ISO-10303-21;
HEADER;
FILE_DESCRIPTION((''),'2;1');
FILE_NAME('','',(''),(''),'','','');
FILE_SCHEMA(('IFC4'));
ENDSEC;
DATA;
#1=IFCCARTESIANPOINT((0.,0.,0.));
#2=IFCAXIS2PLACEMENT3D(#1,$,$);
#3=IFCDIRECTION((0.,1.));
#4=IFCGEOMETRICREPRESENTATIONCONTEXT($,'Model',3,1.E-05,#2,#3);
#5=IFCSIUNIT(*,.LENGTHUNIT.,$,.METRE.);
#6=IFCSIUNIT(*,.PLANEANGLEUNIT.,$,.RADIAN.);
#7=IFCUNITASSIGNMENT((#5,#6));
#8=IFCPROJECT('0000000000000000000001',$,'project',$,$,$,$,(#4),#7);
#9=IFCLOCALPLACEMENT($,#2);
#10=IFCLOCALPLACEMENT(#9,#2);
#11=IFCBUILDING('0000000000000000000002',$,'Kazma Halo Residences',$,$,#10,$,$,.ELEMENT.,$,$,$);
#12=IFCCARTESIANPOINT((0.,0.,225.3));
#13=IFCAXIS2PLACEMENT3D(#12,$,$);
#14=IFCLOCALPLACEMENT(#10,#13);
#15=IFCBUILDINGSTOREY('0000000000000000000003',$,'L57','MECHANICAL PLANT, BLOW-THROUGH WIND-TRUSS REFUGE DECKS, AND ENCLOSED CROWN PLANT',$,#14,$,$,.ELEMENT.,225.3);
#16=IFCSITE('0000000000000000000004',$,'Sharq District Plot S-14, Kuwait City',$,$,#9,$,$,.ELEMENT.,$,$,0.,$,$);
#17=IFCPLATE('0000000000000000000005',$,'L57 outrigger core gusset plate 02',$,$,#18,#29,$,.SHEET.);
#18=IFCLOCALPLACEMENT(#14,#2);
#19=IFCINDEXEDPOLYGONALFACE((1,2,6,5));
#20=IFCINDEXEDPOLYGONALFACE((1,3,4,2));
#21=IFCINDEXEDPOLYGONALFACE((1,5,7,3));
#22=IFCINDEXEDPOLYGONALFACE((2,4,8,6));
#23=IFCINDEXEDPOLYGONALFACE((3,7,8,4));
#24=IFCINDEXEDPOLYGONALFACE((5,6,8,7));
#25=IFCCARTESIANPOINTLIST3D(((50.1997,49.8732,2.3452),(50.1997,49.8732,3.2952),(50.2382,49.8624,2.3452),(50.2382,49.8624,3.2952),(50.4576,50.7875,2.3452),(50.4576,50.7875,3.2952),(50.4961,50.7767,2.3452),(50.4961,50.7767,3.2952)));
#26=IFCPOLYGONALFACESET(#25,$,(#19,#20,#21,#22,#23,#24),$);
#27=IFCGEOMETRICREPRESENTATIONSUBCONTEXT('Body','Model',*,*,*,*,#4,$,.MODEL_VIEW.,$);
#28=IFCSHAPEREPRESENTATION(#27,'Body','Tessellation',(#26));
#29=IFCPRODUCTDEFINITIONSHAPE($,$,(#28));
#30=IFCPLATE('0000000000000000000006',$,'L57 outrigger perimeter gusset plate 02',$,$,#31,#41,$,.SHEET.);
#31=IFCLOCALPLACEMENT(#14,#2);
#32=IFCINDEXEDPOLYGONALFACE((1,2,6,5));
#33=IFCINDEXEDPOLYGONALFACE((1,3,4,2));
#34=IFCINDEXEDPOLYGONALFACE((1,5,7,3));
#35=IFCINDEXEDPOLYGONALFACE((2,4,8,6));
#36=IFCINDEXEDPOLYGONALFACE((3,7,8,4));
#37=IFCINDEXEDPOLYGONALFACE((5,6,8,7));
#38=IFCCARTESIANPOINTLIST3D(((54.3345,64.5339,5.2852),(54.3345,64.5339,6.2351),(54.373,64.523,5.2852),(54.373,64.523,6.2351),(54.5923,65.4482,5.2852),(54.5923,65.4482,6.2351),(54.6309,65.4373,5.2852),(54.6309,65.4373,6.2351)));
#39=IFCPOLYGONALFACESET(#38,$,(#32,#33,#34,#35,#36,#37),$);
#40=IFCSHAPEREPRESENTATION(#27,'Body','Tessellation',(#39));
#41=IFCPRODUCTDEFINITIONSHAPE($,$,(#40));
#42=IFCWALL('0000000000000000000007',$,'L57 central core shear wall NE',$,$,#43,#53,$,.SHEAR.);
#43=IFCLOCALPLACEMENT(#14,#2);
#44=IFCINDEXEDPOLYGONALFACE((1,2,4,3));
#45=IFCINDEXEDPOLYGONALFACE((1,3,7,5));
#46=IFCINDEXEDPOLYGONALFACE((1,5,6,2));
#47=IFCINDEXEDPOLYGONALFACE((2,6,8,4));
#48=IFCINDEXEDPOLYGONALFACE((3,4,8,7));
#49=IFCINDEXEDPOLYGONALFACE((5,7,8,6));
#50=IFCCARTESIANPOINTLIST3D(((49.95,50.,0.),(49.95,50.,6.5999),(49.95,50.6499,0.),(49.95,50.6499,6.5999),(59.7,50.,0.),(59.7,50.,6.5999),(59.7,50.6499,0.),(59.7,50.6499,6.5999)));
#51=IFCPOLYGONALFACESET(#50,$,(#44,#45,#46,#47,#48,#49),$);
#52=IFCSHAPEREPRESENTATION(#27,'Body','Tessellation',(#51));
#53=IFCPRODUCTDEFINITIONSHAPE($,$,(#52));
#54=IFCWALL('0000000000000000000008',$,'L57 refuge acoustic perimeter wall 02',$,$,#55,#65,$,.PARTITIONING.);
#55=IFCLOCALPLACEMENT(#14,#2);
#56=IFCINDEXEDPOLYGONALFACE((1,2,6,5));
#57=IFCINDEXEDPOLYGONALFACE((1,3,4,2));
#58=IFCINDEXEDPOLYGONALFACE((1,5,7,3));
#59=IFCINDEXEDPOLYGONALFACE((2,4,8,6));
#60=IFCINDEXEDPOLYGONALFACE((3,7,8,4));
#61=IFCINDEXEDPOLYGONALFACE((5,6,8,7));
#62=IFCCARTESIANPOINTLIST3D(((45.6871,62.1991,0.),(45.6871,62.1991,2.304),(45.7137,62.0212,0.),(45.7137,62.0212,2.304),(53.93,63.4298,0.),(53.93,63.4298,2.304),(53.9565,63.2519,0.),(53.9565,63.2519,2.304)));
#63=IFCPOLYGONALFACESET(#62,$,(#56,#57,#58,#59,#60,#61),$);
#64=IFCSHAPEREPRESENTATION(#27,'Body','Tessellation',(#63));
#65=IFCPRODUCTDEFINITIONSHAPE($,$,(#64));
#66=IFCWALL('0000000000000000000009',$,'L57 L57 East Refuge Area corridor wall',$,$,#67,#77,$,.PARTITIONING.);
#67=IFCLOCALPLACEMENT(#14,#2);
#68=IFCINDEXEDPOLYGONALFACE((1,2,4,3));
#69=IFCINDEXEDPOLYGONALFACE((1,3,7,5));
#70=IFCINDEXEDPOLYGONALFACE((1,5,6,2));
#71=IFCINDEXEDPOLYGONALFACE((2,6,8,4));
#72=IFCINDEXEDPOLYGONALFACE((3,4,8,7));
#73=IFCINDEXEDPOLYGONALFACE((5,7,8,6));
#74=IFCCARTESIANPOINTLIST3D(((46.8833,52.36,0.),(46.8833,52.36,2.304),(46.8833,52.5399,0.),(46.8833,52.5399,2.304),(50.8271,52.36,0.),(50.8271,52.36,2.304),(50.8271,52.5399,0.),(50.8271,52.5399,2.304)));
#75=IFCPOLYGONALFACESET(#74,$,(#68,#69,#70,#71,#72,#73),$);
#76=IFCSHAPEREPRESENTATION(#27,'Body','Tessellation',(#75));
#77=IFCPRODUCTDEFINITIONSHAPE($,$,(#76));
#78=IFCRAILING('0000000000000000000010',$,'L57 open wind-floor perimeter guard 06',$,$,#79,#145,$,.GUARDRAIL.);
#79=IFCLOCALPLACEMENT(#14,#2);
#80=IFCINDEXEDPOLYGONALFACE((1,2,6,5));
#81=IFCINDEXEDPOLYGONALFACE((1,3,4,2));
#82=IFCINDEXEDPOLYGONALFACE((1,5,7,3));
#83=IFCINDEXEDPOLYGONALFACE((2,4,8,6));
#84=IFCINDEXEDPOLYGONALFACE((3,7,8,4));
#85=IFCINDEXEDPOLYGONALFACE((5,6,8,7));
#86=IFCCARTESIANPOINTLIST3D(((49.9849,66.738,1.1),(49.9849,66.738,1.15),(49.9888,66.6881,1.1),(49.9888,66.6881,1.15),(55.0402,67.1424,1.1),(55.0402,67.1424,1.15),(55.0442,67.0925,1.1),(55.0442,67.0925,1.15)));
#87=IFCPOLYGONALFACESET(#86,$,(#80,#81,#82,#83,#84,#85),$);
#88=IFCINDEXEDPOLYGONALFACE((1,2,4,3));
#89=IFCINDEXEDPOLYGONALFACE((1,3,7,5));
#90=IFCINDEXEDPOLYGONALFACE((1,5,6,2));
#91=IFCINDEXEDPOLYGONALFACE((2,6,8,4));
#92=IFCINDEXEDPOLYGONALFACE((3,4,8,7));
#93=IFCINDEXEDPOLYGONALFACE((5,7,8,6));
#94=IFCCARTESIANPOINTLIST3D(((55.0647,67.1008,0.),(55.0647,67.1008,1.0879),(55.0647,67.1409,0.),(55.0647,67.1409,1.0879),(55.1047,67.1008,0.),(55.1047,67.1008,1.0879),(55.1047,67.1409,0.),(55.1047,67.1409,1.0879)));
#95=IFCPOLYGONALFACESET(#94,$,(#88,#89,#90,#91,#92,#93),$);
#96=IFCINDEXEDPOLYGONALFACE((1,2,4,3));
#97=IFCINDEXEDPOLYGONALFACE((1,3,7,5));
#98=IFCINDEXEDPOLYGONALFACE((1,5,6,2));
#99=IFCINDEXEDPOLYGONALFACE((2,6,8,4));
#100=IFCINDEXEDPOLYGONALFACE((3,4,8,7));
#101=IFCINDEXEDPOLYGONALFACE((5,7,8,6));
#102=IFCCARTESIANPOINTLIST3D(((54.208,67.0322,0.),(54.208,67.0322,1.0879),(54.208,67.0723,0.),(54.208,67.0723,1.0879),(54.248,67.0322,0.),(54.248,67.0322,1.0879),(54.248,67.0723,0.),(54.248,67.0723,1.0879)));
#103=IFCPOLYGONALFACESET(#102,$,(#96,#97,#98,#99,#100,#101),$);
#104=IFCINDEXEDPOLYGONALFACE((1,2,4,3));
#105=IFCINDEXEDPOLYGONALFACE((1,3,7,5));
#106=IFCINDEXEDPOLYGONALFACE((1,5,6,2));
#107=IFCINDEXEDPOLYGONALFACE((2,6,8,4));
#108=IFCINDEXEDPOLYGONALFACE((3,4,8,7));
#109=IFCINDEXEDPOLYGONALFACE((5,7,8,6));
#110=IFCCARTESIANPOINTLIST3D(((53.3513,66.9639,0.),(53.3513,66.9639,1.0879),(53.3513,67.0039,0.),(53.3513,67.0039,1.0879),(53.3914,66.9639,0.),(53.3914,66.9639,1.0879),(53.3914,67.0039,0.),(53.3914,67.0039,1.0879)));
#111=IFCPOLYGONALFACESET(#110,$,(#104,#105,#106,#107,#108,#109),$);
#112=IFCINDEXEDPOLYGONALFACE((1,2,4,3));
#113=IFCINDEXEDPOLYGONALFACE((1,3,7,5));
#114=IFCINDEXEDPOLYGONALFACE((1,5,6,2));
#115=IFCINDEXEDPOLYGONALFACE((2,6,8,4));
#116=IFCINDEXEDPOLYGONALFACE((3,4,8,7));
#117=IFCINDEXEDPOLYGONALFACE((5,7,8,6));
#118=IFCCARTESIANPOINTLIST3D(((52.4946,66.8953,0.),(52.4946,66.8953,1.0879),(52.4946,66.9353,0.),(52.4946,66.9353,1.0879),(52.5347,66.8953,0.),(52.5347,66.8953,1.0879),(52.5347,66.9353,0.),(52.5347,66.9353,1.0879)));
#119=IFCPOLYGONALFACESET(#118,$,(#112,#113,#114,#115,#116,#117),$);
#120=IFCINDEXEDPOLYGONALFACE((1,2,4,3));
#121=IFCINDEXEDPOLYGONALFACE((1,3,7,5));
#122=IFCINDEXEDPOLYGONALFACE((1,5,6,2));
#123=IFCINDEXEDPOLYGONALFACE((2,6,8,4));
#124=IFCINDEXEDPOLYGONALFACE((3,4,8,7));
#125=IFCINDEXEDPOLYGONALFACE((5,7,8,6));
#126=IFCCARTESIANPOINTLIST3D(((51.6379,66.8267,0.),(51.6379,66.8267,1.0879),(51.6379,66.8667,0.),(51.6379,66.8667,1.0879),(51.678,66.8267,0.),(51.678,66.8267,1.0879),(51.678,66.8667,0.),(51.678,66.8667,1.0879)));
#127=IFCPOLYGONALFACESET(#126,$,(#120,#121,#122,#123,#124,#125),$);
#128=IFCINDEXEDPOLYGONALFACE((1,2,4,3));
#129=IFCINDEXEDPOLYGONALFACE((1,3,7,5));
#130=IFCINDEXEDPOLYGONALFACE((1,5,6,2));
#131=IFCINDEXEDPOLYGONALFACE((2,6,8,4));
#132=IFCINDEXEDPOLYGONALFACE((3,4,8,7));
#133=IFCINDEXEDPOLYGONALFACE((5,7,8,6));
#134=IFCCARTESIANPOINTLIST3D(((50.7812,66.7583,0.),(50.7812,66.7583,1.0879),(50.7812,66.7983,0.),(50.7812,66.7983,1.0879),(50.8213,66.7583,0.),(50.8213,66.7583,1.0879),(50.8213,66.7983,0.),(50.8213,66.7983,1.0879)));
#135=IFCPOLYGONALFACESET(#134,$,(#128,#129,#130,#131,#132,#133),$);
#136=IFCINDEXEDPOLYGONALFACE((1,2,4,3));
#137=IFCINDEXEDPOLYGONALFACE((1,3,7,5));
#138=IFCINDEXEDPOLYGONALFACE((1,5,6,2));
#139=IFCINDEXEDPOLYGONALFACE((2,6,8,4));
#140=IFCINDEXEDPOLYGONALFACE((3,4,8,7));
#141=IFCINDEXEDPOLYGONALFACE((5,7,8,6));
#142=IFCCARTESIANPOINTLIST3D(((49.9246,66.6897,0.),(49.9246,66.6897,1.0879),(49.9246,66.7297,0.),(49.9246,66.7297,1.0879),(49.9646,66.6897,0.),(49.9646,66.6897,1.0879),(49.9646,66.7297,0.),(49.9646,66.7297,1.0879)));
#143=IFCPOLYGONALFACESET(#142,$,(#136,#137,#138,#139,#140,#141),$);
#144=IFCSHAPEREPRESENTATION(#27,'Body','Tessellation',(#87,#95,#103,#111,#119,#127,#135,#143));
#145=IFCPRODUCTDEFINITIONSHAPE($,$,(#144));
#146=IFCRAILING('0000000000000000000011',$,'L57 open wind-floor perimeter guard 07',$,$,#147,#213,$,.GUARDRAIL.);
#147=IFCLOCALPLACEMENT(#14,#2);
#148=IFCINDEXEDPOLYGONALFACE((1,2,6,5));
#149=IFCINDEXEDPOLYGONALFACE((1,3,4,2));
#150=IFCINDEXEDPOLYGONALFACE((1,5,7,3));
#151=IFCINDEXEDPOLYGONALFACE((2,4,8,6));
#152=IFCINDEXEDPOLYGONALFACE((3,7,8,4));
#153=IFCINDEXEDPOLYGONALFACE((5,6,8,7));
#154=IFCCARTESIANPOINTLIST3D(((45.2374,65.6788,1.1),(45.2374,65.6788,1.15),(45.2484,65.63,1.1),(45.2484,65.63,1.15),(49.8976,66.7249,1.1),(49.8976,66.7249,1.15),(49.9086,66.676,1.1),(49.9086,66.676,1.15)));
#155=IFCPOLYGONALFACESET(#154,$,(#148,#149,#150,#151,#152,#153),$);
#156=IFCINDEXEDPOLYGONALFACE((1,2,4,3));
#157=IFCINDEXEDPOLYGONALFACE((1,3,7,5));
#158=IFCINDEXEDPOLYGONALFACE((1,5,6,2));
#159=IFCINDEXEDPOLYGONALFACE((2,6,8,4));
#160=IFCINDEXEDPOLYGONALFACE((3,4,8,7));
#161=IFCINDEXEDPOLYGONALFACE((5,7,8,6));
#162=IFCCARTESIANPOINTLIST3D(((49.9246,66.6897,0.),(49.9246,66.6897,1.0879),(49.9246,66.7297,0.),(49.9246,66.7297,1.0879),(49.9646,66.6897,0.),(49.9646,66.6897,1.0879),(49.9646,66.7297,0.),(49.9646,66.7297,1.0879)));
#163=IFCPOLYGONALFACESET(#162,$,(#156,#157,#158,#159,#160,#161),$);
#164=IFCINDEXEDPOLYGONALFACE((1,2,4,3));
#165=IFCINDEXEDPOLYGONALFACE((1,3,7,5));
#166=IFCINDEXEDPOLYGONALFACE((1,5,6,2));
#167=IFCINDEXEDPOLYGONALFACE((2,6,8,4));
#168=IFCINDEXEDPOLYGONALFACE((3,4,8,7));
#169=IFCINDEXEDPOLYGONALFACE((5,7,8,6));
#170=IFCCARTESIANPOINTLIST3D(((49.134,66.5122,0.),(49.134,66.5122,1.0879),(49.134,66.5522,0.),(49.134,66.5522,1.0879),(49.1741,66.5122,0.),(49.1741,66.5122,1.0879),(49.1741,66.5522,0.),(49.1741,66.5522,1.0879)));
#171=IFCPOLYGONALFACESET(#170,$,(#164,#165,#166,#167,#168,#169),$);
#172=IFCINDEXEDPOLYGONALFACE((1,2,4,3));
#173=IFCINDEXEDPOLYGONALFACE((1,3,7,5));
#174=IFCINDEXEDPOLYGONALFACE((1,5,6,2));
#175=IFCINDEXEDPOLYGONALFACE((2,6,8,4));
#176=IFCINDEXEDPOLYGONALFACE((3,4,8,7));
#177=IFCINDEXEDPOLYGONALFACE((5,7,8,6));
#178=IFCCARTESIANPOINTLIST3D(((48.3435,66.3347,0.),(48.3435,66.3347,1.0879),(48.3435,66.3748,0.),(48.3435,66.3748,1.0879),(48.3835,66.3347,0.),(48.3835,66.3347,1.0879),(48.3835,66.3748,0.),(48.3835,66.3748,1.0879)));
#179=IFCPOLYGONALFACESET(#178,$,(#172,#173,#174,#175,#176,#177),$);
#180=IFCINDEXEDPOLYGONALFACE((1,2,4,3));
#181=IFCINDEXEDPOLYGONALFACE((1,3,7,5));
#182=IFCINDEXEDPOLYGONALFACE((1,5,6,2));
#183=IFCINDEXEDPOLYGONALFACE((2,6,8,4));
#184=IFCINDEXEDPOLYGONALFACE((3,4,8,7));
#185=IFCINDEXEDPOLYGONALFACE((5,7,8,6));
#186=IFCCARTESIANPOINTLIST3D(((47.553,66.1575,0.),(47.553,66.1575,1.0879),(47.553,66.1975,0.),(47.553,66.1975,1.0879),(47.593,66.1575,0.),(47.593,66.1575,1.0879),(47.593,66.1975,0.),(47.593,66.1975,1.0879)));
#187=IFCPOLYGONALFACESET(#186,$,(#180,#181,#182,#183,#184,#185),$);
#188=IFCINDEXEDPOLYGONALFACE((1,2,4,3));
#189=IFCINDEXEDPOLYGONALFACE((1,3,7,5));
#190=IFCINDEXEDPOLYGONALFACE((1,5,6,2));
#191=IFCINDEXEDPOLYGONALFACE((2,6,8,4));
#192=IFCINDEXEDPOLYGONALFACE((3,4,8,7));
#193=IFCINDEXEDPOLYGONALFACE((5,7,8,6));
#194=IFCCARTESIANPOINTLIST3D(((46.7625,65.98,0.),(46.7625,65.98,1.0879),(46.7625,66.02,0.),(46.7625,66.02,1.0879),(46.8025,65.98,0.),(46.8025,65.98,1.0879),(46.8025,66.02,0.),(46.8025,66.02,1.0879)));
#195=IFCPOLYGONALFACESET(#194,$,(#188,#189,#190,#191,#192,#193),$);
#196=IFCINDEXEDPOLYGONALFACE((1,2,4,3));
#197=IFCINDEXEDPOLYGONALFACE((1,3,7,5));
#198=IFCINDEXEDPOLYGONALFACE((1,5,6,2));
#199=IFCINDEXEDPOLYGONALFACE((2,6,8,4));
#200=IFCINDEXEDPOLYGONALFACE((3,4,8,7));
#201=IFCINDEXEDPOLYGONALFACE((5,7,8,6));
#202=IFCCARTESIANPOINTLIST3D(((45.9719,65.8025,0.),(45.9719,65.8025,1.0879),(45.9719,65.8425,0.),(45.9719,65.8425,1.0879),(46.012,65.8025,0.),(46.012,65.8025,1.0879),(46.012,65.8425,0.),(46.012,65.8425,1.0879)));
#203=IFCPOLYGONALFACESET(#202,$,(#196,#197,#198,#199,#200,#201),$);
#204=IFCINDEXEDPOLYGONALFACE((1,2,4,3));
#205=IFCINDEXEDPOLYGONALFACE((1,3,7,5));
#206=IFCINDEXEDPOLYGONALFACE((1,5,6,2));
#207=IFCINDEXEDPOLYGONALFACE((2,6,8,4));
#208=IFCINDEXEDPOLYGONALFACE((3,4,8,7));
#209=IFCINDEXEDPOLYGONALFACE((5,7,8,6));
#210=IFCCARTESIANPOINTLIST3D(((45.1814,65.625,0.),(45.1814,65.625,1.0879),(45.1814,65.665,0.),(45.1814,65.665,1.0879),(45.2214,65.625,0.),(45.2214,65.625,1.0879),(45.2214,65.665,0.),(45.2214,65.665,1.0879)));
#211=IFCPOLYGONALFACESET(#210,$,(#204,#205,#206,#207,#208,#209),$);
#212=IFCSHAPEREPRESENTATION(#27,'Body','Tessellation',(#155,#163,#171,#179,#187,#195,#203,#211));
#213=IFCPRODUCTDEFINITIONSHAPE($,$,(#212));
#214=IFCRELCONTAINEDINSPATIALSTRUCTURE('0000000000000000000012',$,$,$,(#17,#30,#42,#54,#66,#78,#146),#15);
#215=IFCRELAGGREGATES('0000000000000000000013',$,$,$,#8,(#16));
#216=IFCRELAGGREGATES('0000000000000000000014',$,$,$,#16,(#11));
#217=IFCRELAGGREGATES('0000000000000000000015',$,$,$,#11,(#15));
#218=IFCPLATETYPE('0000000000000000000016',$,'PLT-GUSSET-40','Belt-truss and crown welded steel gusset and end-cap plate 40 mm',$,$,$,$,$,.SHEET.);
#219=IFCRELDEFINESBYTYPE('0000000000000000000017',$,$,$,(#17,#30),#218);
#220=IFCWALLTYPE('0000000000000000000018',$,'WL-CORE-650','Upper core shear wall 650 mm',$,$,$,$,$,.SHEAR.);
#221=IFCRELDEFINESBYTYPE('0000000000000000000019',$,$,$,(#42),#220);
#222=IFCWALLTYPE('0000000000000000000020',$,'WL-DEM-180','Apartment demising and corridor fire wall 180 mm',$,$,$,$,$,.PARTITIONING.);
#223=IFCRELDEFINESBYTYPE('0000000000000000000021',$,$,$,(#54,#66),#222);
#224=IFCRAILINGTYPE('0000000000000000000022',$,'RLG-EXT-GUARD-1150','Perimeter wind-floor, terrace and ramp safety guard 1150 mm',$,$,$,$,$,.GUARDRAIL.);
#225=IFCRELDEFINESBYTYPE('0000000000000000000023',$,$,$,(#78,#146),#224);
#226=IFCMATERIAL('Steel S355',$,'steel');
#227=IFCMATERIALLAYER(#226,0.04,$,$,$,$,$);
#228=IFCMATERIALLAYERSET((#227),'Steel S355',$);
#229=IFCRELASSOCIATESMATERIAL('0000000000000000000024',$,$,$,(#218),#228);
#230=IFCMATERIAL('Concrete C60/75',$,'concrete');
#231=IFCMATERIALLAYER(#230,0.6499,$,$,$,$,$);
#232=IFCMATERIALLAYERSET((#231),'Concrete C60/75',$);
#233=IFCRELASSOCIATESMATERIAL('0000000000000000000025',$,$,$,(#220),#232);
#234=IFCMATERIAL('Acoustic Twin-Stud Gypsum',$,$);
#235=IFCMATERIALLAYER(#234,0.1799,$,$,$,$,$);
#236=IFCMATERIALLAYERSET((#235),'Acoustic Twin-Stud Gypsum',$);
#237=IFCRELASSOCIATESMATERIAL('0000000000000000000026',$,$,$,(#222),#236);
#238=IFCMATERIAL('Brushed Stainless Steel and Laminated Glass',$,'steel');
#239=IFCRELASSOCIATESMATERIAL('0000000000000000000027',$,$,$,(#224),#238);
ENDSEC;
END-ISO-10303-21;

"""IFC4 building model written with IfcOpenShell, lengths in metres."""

from ifc_helpers import new_model, si_unit, direction, frame, frame_2d, origin, origin_2d, place, context, subcontext, project, spatial, rectangle, extrude, material, layer, layer_set, type_object, element, save


model = new_model("IFC4")

# Units and contexts
model_context = context("Model", 3, precision=1e-05, world=origin(), true_north=direction((0.0, 1.0)))
body_context = subcontext(model_context, "Body", "Model", "MODEL_VIEW")
ifc_project = project(units=[si_unit("LENGTHUNIT", "METRE"), si_unit("PLANEANGLEUNIT", "RADIAN")], contexts=[model_context])

# Site, building, storey
site_placement = place(None, origin())
site = spatial("IfcSite", under=ifc_project, at=site_placement, Name="Sharq District Plot S-14, Kuwait City", CompositionType="ELEMENT", RefElevation=0.0)
building_placement = place(site_placement, origin())
building = spatial("IfcBuilding", under=site, at=building_placement, Name="Kazma Halo Residences", CompositionType="ELEMENT")
storey_placement = place(building_placement, frame((0.0, 0.0, 225.3)))
storey = spatial("IfcBuildingStorey", under=building, at=storey_placement, Name="L57", Description="MECHANICAL PLANT, BLOW-THROUGH WIND-TRUSS REFUGE DECKS, AND ENCLOSED CROWN PLANT", CompositionType="ELEMENT", Elevation=225.3)

# Shared definitions
ifc_material_1 = material(Name="Steel S355", Category="steel")

# Plates
ifc_layer_1 = layer(ifc_material_1, 0.04)
ifc_layer_set_1 = layer_set([ifc_layer_1], Name="Steel S355")
plate_type = type_object("IfcPlateType", Name="PLT-GUSSET-40", Description="Belt-truss and crown welded steel gusset and end-cap plate 40 mm", PredefinedType="SHEET", material=ifc_layer_set_1)
for number, where, z_axis, x_axis, name in (
    (1, (50.3479, 50.325, 2.3452), (0.0, 0.0, 1.0), (0.271439, 0.962456, 0.0), "L57 outrigger core gusset plate 02"),
    (2, (54.4827, 64.9856, 5.2852), (0.0, 0.0, 1.0), (0.271439, 0.962456, 0.0), "L57 outrigger perimeter gusset plate 02"),
):
    element("IfcPlate", number, at=place(storey_placement, frame(where, z_axis=z_axis, x_axis=x_axis)), inside=storey, type_object=plate_type, Name=name, PredefinedType="SHEET", context=body_context, shape_type="SweptSolid", body=[
        extrude(rectangle(XDim=0.95, YDim=0.04, at=origin_2d()), origin(), (0.0, 0.0, 1.0), 0.95),
    ])

# Walls
ifc_material_2 = material(Name="Concrete C60/75", Category="concrete")
ifc_layer_2 = layer(ifc_material_2, 0.6499)
ifc_layer_set_2 = layer_set([ifc_layer_2], Name="Concrete C60/75")
wall_type_1 = type_object("IfcWallType", Name="WL-CORE-650", Description="Upper core shear wall 650 mm", PredefinedType="SHEAR", material=ifc_layer_set_2)
wall_1_placement = place(storey_placement, frame((49.95, 50.325, 0.0), z_axis=(0.0, 0.0, 1.0), x_axis=(1.0, 0.0, 0.0)))
element("IfcWall", 3, at=wall_1_placement, inside=storey, type_object=wall_type_1, Name="L57 central core shear wall NE", PredefinedType="SHEAR", context=body_context, shape_type="SweptSolid", body=[
    extrude(rectangle(XDim=9.75, YDim=0.6499, at=frame_2d((4.875, 0.0))), origin(), (0.0, 0.0, 1.0), 6.5999),
])
ifc_material_3 = material(Name="Acoustic Twin-Stud Gypsum")
ifc_layer_3 = layer(ifc_material_3, 0.1799)
ifc_layer_set_3 = layer_set([ifc_layer_3], Name="Acoustic Twin-Stud Gypsum")
wall_type_2 = type_object("IfcWallType", Name="WL-DEM-180", Description="Apartment demising and corridor fire wall 180 mm", PredefinedType="PARTITIONING", material=ifc_layer_set_3)
wall_2_placement = place(storey_placement, frame((53.9431, 63.3408, 0.0), z_axis=(0.0, 0.0, 1.0), x_axis=(-0.989037, -0.147669, 0.0)))
element("IfcWall", 4, at=wall_2_placement, inside=storey, type_object=wall_type_2, Name="L57 refuge acoustic perimeter wall 02", PredefinedType="PARTITIONING", context=body_context, shape_type="SweptSolid", body=[
    extrude(rectangle(XDim=8.3342, YDim=0.1799, at=frame_2d((4.167, 0.0))), origin(), (0.0, 0.0, 1.0), 2.304),
])

# Wall
wall_3_placement = place(storey_placement, frame((50.8271, 52.45, 0.0), z_axis=(0.0, 0.0, 1.0), x_axis=(-1.0, 0.0, 0.0)))
element("IfcWall", 5, at=wall_3_placement, inside=storey, type_object=wall_type_2, Name="L57 L57 East Refuge Area corridor wall", PredefinedType="PARTITIONING", context=body_context, shape_type="SweptSolid", body=[
    extrude(rectangle(XDim=3.9438, YDim=0.1799, at=frame_2d((1.9719, 0.0))), origin(), (0.0, 0.0, 1.0), 2.304),
])

# Railings
ifc_material_4 = material(Name="Brushed Stainless Steel and Laminated Glass", Category="steel")
railing_type = type_object("IfcRailingType", Name="RLG-EXT-GUARD-1150", Description="Perimeter wind-floor, terrace and ramp safety guard 1150 mm", PredefinedType="GUARDRAIL", material=ifc_material_4)
railing_1_placement = place(storey_placement, frame((55.0847, 67.1208, 0.0)))
element("IfcRailing", 6, at=railing_1_placement, inside=storey, type_object=railing_type, Name="L57 open wind-floor perimeter guard 06", PredefinedType="GUARDRAIL", context=body_context, shape_type="SweptSolid", body=[
    extrude(rectangle(XDim=0.05, YDim=0.05, at=origin_2d()), frame((-0.0425, -0.0034, 1.125), z_axis=(-0.996816, -0.07973, 0.0), x_axis=(0.07973, -0.996816, 0.0)), (0.0, 0.0, 1.0), 5.0715),
    extrude(rectangle(XDim=0.04, YDim=0.04, at=origin_2d()), origin(), (0.0, 0.0, 1.0), 1.0879),
    extrude(rectangle(XDim=0.04, YDim=0.04, at=origin_2d()), frame((-0.8567, -0.0686, 0.0)), (0.0, 0.0, 1.0), 1.0879),
    extrude(rectangle(XDim=0.04, YDim=0.04, at=origin_2d()), frame((-1.7134, -0.137, 0.0)), (0.0, 0.0, 1.0), 1.0879),
    extrude(rectangle(XDim=0.04, YDim=0.04, at=origin_2d()), frame((-2.5701, -0.2056, 0.0)), (0.0, 0.0, 1.0), 1.0879),
    extrude(rectangle(XDim=0.04, YDim=0.04, at=origin_2d()), frame((-3.4268, -0.2742, 0.0)), (0.0, 0.0, 1.0), 1.0879),
    extrude(rectangle(XDim=0.04, YDim=0.04, at=origin_2d()), frame((-4.2834, -0.3425, 0.0)), (0.0, 0.0, 1.0), 1.0879),
    extrude(rectangle(XDim=0.04, YDim=0.04, at=origin_2d()), frame((-5.1401, -0.4111, 0.0)), (0.0, 0.0, 1.0), 1.0879),
])
railing_2_placement = place(storey_placement, frame((49.9446, 66.7097, 0.0)))
element("IfcRailing", 7, at=railing_2_placement, inside=storey, type_object=railing_type, Name="L57 open wind-floor perimeter guard 07", PredefinedType="GUARDRAIL", context=body_context, shape_type="SweptSolid", body=[
    extrude(rectangle(XDim=0.05, YDim=0.05, at=origin_2d()), frame((-0.0415, -0.0093, 1.125), z_axis=(-0.97572, -0.21902, 0.0), x_axis=(0.21902, -0.97572, 0.0)), (0.0, 0.0, 1.0), 4.7761),
    extrude(rectangle(XDim=0.04, YDim=0.04, at=origin_2d()), origin(), (0.0, 0.0, 1.0), 1.0879),
    extrude(rectangle(XDim=0.04, YDim=0.04, at=origin_2d()), frame((-0.7905, -0.1775, 0.0)), (0.0, 0.0, 1.0), 1.0879),
    extrude(rectangle(XDim=0.04, YDim=0.04, at=origin_2d()), frame((-1.5811, -0.355, 0.0)), (0.0, 0.0, 1.0), 1.0879),
    extrude(rectangle(XDim=0.04, YDim=0.04, at=origin_2d()), frame((-2.3716, -0.5322, 0.0)), (0.0, 0.0, 1.0), 1.0879),
    extrude(rectangle(XDim=0.04, YDim=0.04, at=origin_2d()), frame((-3.1621, -0.7097, 0.0)), (0.0, 0.0, 1.0), 1.0879),
    extrude(rectangle(XDim=0.04, YDim=0.04, at=origin_2d()), frame((-3.9526, -0.8872, 0.0)), (0.0, 0.0, 1.0), 1.0879),
    extrude(rectangle(XDim=0.04, YDim=0.04, at=origin_2d()), frame((-4.7432, -1.0647, 0.0)), (0.0, 0.0, 1.0), 1.0879),
])

save(model, "model.ifc")
